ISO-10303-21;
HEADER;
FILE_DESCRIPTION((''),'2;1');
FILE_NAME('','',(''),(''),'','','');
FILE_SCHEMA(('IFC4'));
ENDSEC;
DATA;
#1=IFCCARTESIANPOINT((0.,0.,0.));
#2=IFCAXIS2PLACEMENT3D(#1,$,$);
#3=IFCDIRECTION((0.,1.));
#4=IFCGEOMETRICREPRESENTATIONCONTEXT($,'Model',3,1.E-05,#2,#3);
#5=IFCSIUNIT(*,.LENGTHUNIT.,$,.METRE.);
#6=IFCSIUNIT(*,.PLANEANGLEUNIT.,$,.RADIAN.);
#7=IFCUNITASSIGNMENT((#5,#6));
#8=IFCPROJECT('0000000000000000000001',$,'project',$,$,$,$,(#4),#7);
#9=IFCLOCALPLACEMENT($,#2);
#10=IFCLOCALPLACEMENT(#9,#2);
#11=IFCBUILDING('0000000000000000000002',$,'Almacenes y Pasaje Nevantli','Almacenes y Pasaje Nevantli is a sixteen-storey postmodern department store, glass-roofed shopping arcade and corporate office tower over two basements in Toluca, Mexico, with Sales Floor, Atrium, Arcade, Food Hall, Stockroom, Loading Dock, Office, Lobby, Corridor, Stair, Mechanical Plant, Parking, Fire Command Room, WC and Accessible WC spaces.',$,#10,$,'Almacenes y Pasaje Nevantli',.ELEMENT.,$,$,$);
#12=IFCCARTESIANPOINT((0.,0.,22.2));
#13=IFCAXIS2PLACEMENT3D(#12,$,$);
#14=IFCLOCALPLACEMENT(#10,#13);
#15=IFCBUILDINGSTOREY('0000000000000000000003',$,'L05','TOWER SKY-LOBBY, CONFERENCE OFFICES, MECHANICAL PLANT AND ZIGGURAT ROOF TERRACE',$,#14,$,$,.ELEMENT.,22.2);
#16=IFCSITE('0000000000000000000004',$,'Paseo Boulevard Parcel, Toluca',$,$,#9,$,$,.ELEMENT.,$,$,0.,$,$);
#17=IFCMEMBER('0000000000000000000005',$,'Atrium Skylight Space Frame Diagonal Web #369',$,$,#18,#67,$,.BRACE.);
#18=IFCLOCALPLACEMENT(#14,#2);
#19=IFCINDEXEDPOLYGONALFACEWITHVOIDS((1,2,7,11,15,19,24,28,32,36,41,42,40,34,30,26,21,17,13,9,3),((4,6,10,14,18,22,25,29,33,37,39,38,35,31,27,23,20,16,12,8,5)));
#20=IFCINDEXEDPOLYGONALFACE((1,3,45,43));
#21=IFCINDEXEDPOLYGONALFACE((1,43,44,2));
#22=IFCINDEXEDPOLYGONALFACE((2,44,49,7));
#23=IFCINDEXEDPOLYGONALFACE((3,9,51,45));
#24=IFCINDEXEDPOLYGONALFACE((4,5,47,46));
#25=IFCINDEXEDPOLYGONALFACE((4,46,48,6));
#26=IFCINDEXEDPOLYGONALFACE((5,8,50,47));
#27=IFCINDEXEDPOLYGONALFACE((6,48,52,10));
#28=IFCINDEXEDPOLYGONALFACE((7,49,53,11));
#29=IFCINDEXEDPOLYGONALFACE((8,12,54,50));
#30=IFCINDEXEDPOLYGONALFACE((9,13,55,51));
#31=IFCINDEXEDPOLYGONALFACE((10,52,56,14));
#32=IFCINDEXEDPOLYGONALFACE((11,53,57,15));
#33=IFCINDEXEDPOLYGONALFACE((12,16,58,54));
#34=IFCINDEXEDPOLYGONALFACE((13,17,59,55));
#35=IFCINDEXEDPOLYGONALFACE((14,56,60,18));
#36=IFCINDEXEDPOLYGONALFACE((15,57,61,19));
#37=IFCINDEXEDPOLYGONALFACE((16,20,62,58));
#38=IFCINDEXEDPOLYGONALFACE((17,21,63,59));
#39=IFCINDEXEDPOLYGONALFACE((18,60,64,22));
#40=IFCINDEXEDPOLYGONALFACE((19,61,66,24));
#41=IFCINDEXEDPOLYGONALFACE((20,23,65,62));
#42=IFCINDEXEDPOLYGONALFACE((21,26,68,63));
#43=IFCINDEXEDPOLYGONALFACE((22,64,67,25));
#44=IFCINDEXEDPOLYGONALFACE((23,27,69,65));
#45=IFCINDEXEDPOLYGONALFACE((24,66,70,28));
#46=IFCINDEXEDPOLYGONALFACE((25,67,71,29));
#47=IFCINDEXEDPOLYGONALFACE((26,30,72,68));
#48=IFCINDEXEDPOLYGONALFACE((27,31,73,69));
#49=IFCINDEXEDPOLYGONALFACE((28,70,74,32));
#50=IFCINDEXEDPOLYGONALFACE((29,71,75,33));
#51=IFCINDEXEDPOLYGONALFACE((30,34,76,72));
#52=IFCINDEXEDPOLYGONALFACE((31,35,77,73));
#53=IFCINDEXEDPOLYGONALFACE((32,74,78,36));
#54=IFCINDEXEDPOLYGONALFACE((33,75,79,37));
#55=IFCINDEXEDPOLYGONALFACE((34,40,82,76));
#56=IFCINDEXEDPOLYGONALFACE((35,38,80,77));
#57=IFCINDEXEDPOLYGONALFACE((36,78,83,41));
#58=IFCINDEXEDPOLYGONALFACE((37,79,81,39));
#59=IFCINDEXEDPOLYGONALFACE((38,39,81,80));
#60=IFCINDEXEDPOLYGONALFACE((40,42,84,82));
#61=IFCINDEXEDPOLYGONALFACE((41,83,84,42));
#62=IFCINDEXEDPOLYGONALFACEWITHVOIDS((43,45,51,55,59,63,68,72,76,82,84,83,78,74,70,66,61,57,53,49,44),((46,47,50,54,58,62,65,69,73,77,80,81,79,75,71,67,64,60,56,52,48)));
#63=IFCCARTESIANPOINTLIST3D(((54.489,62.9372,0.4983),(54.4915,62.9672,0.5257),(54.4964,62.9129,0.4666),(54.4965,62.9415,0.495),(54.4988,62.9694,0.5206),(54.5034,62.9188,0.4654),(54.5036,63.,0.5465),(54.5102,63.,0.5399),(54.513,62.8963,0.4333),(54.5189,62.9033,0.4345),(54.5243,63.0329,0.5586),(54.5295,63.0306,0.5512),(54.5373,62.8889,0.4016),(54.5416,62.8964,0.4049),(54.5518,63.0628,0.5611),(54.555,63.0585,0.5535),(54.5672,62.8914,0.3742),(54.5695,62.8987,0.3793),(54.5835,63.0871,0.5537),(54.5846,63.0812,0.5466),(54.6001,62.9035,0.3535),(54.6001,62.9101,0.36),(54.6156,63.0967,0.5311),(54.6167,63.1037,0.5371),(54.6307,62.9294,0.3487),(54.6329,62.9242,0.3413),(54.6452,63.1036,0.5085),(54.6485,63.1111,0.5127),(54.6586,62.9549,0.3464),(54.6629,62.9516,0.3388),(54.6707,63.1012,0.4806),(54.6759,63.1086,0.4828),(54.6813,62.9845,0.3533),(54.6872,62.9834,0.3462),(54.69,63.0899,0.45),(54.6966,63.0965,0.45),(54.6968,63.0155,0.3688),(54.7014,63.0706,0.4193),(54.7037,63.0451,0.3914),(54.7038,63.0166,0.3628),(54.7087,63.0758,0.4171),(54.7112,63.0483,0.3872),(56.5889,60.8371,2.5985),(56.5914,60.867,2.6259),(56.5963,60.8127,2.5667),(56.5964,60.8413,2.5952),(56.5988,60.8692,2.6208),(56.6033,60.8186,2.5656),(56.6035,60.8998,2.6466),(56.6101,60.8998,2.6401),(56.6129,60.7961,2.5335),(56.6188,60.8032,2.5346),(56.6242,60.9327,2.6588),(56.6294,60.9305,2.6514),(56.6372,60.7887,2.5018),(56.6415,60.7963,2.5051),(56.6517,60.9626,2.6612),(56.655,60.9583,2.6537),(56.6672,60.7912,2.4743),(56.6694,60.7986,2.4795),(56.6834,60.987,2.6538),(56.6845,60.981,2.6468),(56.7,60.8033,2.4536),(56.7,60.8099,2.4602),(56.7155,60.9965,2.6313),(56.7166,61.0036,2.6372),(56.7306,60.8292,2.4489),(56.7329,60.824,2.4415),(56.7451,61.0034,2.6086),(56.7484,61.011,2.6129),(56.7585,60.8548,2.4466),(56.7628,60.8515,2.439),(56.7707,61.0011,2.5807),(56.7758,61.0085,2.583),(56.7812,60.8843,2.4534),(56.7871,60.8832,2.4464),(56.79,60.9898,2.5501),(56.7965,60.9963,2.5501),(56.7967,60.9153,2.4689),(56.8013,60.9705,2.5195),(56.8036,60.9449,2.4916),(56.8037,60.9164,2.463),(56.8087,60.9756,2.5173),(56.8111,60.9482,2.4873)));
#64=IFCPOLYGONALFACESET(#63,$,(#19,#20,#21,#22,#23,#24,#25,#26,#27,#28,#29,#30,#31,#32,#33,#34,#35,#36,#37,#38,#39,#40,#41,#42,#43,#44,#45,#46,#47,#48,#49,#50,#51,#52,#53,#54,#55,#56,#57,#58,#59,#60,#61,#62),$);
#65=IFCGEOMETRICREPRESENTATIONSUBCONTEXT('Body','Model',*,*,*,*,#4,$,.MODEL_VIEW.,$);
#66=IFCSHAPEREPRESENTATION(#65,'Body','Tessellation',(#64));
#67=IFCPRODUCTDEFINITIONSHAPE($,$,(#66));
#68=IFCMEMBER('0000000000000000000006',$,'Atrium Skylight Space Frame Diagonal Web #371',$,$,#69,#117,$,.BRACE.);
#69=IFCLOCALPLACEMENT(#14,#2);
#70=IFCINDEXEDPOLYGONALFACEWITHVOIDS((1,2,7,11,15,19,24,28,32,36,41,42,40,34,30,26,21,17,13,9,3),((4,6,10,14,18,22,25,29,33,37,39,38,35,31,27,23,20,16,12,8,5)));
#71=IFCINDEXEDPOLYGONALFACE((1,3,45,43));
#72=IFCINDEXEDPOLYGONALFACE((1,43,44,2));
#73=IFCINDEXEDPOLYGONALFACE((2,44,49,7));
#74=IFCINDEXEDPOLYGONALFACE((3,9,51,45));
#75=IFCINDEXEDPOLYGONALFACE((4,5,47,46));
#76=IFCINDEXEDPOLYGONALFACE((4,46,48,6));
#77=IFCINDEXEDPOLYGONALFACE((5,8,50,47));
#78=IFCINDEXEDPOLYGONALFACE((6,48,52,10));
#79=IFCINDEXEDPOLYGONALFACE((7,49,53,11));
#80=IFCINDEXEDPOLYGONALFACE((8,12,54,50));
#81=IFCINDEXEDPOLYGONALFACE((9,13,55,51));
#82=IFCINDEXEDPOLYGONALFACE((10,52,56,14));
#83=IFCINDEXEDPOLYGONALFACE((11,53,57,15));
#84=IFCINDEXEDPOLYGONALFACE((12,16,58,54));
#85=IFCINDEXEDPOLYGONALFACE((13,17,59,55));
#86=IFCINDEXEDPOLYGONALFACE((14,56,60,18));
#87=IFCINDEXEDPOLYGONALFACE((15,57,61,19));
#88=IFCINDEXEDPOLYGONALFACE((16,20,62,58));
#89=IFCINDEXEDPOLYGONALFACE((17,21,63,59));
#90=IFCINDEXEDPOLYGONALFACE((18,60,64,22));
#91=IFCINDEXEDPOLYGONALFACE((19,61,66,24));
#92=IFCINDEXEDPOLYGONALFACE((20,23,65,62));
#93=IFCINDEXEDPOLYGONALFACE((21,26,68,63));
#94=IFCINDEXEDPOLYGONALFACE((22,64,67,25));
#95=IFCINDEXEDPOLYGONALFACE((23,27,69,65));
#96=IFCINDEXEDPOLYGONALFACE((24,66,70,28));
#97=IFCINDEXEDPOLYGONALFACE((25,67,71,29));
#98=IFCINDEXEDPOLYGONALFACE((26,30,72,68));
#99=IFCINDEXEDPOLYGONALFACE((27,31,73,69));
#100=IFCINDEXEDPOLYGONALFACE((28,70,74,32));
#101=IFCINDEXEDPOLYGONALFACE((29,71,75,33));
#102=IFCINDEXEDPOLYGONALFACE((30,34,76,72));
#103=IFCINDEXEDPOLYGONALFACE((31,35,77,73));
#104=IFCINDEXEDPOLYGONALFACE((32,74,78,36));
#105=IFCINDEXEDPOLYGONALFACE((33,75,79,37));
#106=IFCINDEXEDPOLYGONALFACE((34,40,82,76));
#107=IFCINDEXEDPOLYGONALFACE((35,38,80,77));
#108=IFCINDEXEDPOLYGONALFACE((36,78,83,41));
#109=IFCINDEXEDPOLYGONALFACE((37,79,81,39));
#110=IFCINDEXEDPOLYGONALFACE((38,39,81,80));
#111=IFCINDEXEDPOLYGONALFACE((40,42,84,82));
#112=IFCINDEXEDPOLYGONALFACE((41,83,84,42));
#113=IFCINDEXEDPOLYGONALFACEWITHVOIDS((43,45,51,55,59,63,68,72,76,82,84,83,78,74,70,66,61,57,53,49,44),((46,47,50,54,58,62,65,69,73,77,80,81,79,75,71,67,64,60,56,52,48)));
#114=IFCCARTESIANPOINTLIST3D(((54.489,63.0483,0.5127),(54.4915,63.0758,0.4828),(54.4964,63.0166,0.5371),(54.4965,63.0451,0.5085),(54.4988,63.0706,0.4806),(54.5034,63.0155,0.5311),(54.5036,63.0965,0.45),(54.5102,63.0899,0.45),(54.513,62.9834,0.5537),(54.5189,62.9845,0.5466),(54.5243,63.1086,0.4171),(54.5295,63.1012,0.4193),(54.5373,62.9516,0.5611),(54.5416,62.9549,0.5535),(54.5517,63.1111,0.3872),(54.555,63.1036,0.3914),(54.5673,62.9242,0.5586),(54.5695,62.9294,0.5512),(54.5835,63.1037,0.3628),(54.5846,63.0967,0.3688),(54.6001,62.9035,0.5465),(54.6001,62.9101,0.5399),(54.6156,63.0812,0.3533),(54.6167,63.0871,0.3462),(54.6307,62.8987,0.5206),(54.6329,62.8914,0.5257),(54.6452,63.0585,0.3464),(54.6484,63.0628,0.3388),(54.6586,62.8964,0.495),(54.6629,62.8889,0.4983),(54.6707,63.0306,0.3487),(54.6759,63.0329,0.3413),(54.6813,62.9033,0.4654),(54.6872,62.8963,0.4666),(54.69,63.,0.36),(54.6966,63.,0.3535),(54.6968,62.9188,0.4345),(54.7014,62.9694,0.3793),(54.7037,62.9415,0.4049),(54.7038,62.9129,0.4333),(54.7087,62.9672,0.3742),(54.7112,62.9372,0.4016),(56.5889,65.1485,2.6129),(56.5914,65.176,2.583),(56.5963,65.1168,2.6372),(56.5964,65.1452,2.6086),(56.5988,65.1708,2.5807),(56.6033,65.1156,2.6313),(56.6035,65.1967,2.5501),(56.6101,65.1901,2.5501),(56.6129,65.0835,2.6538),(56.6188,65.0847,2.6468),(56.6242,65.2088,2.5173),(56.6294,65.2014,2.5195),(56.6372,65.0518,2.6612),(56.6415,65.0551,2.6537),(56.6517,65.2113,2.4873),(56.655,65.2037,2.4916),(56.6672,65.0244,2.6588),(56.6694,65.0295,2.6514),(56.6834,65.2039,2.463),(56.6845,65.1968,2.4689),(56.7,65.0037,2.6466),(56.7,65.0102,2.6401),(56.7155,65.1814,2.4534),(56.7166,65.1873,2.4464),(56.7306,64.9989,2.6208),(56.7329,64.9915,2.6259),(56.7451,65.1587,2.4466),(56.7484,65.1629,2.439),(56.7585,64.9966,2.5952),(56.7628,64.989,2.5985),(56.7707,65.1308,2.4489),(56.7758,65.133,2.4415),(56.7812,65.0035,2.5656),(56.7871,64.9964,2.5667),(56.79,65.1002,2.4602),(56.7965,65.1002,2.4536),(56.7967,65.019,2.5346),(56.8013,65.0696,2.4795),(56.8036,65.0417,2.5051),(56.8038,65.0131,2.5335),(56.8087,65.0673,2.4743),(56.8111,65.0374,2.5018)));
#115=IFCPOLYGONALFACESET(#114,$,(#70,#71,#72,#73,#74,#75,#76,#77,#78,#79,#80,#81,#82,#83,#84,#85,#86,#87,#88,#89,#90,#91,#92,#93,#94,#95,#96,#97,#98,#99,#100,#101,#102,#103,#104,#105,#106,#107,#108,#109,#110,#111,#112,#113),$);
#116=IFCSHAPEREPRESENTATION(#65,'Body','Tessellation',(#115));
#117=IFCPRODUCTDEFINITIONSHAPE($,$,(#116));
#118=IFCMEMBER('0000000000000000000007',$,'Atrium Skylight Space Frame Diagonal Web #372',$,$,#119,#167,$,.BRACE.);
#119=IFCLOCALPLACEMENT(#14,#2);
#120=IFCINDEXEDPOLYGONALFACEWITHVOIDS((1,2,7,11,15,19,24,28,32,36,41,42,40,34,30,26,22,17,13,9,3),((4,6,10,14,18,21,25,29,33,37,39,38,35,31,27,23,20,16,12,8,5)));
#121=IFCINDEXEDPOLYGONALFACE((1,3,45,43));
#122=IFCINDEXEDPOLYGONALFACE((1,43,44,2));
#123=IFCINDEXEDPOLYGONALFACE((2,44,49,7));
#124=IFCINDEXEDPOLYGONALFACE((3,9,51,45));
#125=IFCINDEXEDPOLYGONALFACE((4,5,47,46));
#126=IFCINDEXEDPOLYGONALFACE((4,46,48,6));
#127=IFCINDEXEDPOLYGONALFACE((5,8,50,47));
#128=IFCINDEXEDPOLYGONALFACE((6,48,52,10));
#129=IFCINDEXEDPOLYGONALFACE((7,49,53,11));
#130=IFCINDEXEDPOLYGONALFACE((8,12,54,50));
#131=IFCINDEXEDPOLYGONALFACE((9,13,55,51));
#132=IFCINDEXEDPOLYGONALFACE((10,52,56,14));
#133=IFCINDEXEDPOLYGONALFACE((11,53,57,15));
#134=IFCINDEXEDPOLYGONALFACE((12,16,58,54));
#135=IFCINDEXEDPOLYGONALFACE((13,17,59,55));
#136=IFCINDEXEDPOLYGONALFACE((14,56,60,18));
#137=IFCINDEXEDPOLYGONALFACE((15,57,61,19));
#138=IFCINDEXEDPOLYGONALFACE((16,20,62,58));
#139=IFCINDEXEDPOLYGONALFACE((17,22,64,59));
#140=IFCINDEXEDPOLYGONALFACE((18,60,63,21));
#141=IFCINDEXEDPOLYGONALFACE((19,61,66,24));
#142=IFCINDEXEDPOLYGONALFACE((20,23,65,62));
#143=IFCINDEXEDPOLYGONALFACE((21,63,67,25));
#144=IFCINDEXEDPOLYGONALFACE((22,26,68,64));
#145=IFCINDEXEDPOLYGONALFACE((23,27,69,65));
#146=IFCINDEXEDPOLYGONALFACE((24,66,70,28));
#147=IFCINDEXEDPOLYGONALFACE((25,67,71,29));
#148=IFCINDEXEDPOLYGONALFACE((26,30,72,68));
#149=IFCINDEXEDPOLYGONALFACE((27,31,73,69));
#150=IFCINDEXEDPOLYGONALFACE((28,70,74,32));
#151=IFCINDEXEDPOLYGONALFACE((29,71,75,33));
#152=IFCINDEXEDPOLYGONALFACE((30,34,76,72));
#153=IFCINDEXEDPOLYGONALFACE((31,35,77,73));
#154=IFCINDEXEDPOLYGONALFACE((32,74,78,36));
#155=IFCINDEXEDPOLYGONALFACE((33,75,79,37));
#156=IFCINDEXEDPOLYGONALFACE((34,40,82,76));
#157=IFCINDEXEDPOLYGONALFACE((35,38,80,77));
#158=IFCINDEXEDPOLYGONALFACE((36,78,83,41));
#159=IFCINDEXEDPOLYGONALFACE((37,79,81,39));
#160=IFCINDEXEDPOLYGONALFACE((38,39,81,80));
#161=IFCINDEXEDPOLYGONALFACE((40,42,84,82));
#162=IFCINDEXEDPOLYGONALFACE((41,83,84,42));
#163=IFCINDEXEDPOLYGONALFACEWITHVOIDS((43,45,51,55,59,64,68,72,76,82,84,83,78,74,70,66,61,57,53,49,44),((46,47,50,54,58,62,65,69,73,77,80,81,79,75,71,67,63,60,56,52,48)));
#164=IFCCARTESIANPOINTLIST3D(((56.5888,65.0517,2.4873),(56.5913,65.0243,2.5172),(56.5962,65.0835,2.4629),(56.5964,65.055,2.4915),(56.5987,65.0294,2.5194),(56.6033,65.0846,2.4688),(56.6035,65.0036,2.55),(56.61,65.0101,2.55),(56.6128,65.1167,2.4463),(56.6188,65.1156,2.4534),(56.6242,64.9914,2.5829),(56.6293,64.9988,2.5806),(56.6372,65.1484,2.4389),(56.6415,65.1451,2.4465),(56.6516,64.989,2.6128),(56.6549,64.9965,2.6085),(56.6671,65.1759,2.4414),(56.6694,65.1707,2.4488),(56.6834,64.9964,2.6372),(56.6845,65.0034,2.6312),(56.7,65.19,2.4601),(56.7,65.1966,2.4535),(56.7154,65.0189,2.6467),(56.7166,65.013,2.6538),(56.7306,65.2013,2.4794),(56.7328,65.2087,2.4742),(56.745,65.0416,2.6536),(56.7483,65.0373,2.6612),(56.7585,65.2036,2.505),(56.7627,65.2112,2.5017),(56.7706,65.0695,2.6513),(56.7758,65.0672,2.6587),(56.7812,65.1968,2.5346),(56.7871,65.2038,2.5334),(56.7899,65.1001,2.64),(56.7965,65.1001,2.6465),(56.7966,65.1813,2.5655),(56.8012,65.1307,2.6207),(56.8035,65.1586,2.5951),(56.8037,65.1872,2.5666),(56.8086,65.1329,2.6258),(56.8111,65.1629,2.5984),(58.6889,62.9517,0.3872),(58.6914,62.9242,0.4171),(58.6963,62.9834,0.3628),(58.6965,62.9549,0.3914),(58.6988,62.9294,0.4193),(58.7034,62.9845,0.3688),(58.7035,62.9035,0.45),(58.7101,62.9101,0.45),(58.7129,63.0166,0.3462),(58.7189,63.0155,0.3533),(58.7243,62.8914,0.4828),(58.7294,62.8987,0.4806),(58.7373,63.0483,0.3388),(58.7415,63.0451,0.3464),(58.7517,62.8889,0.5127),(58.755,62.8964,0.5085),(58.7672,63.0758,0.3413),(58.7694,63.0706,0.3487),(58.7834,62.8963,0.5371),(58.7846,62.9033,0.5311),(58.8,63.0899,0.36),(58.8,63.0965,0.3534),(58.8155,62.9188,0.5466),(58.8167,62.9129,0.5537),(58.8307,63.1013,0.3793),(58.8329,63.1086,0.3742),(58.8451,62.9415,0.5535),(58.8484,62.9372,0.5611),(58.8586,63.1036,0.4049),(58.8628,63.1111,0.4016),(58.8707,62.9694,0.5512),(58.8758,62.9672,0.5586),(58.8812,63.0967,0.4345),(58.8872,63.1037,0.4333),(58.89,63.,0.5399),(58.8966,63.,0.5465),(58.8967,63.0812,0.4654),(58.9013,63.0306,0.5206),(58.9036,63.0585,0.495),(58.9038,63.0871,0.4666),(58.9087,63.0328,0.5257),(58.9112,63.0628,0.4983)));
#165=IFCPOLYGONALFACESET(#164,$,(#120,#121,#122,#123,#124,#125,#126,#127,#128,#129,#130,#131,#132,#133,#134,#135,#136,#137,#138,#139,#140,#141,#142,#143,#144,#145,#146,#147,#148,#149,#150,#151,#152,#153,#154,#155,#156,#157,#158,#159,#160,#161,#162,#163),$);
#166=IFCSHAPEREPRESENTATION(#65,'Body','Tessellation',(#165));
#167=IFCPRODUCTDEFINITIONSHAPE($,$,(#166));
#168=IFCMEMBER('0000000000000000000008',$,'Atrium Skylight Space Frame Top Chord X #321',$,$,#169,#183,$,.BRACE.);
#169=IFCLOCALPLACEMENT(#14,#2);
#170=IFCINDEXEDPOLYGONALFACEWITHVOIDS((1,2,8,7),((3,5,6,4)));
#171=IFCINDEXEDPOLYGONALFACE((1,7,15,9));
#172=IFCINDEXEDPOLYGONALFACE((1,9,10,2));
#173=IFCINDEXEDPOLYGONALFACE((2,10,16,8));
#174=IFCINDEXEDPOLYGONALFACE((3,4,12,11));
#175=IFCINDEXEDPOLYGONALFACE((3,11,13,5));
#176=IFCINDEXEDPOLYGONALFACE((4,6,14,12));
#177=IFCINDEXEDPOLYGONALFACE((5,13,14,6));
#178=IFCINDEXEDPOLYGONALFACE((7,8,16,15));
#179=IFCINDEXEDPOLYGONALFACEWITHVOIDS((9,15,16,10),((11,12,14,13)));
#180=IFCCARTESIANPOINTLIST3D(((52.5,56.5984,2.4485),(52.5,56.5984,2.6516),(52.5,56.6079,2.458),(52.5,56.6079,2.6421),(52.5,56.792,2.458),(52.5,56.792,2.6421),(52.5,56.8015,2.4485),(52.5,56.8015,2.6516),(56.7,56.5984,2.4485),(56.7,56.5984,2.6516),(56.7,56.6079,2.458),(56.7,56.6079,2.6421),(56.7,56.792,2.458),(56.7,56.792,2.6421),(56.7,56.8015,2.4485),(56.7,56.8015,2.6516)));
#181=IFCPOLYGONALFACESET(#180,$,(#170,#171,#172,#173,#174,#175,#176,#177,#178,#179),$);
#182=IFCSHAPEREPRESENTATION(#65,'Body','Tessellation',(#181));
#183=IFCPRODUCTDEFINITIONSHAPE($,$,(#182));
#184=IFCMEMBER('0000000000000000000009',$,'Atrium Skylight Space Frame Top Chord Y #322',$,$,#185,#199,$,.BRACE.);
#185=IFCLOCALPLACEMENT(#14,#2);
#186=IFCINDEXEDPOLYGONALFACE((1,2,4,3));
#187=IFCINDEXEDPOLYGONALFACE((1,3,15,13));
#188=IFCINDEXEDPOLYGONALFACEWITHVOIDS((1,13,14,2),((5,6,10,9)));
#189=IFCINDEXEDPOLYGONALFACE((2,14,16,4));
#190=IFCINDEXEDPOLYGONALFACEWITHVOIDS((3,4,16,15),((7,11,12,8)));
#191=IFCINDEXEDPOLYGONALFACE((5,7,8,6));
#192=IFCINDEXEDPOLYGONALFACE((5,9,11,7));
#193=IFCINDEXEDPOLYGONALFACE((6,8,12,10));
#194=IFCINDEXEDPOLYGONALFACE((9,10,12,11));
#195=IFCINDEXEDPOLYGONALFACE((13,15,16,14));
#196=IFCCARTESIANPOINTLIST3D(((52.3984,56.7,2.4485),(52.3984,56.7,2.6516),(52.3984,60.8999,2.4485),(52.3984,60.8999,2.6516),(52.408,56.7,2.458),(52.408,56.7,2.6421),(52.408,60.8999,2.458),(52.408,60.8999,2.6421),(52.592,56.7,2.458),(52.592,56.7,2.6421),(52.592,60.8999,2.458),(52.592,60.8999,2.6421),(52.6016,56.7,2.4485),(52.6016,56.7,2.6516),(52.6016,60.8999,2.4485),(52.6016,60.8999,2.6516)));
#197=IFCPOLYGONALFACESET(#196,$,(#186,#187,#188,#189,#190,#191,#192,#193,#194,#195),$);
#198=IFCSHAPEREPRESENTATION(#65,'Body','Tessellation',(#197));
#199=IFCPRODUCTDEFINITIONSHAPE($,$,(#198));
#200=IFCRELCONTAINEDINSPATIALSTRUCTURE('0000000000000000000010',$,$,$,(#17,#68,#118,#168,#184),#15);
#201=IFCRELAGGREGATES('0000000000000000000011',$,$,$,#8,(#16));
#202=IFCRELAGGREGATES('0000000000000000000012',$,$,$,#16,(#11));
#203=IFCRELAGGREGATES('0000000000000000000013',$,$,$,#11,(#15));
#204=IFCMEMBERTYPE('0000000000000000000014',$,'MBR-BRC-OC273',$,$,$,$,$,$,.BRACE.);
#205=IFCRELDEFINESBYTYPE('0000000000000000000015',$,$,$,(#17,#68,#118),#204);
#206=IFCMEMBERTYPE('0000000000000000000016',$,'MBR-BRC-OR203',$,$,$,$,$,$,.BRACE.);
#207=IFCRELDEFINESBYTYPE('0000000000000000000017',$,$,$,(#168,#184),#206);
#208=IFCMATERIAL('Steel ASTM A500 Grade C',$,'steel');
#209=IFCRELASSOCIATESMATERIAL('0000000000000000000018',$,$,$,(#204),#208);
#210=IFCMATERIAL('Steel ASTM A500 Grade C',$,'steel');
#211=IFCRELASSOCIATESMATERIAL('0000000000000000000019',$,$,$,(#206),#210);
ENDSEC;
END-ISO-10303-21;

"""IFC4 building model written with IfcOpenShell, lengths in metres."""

from ifc_helpers import new_model, si_unit, direction, frame, origin, origin_2d, place, context, subcontext, project, spatial, hollow_rectangle, hollow_circle, extrude, material, material_profile, profile_set, type_object, element, save


model = new_model("IFC4")

# Units and contexts
model_context = context("Model", 3, precision=1e-05, world=origin(), true_north=direction((0.0, 1.0)))
body_context = subcontext(model_context, "Body", "Model", "MODEL_VIEW")
ifc_project = project(units=[si_unit("LENGTHUNIT", "METRE"), si_unit("PLANEANGLEUNIT", "RADIAN")], contexts=[model_context])

# Site, building, storey
site_placement = place(None, origin())
site = spatial("IfcSite", under=ifc_project, at=site_placement, Name="Paseo Boulevard Parcel, Toluca", CompositionType="ELEMENT", RefElevation=0.0)
building_placement = place(site_placement, origin())
building = spatial("IfcBuilding", under=site, at=building_placement, Name="Almacenes y Pasaje Nevantli", Description="Almacenes y Pasaje Nevantli is a sixteen-storey postmodern department store, glass-roofed shopping arcade and corporate office tower over two basements in Toluca, Mexico, with Sales Floor, Atrium, Arcade, Food Hall, Stockroom, Loading Dock, Office, Lobby, Corridor, Stair, Mechanical Plant, Parking, Fire Command Room, WC and Accessible WC spaces.", LongName="Almacenes y Pasaje Nevantli", CompositionType="ELEMENT")
storey_placement = place(building_placement, frame((0.0, 0.0, 22.2)))
storey = spatial("IfcBuildingStorey", under=building, at=storey_placement, Name="L05", Description="TOWER SKY-LOBBY, CONFERENCE OFFICES, MECHANICAL PLANT AND ZIGGURAT ROOF TERRACE", CompositionType="ELEMENT", Elevation=22.2)

# Members
ifc_material_1 = material(Name="Steel ASTM A500 Grade C", Category="steel")
ifc_material_profile_1 = material_profile(ifc_material_1, hollow_circle(Radius=0.1365, WallThickness=0.0093, at=origin_2d()), Name="OC 273x9.3")
ifc_profile_set_1 = profile_set([ifc_material_profile_1], Name="Steel ASTM A500 Grade C")
member_type_1 = type_object("IfcMemberType", Name="MBR-BRC-OC273", PredefinedType="BRACE", material=ifc_profile_set_1)
for number, where, z_axis, x_axis, name in (
    (1, (54.6001, 63.0, 0.45), (0.577306, -0.577373, 0.577373), (0.707148, 0.707066, 0.0), "Atrium Skylight Space Frame Diagonal Web #369"),
    (2, (54.6001, 63.0, 0.45), (0.577306, 0.577373, 0.577373), (-0.707148, 0.707066, 0.0), "Atrium Skylight Space Frame Diagonal Web #371"),
    (3, (58.8, 63.0, 0.45), (-0.57735, 0.57735, 0.57735), (-0.707107, -0.707107, 0.0), "Atrium Skylight Space Frame Diagonal Web #372"),
):
    element("IfcMember", number, at=place(storey_placement, frame(where, z_axis=z_axis, x_axis=x_axis)), inside=storey, type_object=member_type_1, Name=name, PredefinedType="BRACE", context=body_context, shape_type="SweptSolid", body=[
        extrude(hollow_circle(Radius=0.1365, WallThickness=0.0093, at=origin_2d()), origin(), (0.0, 0.0, 1.0), 3.6375),
    ])
ifc_material_2 = material(Name="Steel ASTM A500 Grade C", Category="steel")
ifc_material_profile_2 = material_profile(ifc_material_2, hollow_rectangle(XDim=0.2031, YDim=0.2031, WallThickness=0.0095, at=origin_2d()), Name="OR 203x203x9.5")
ifc_profile_set_2 = profile_set([ifc_material_profile_2], Name="Steel ASTM A500 Grade C")
member_type_2 = type_object("IfcMemberType", Name="MBR-BRC-OR203", PredefinedType="BRACE", material=ifc_profile_set_2)
for number, where, z_axis, x_axis, name in (
    (4, (52.5, 56.7, 2.55), (1.0, 0.0, 0.0), (0.0, 1.0, 0.0), "Atrium Skylight Space Frame Top Chord X #321"),
    (5, (52.5, 56.7, 2.55), (0.0, 1.0, 0.0), (-1.0, 0.0, 0.0), "Atrium Skylight Space Frame Top Chord Y #322"),
):
    element("IfcMember", number, at=place(storey_placement, frame(where, z_axis=z_axis, x_axis=x_axis)), inside=storey, type_object=member_type_2, Name=name, PredefinedType="BRACE", context=body_context, shape_type="SweptSolid", body=[
        extrude(hollow_rectangle(XDim=0.2031, YDim=0.2031, WallThickness=0.0095, at=origin_2d()), origin(), (0.0, 0.0, 1.0), 4.2),
    ])

save(model, "model.ifc")
